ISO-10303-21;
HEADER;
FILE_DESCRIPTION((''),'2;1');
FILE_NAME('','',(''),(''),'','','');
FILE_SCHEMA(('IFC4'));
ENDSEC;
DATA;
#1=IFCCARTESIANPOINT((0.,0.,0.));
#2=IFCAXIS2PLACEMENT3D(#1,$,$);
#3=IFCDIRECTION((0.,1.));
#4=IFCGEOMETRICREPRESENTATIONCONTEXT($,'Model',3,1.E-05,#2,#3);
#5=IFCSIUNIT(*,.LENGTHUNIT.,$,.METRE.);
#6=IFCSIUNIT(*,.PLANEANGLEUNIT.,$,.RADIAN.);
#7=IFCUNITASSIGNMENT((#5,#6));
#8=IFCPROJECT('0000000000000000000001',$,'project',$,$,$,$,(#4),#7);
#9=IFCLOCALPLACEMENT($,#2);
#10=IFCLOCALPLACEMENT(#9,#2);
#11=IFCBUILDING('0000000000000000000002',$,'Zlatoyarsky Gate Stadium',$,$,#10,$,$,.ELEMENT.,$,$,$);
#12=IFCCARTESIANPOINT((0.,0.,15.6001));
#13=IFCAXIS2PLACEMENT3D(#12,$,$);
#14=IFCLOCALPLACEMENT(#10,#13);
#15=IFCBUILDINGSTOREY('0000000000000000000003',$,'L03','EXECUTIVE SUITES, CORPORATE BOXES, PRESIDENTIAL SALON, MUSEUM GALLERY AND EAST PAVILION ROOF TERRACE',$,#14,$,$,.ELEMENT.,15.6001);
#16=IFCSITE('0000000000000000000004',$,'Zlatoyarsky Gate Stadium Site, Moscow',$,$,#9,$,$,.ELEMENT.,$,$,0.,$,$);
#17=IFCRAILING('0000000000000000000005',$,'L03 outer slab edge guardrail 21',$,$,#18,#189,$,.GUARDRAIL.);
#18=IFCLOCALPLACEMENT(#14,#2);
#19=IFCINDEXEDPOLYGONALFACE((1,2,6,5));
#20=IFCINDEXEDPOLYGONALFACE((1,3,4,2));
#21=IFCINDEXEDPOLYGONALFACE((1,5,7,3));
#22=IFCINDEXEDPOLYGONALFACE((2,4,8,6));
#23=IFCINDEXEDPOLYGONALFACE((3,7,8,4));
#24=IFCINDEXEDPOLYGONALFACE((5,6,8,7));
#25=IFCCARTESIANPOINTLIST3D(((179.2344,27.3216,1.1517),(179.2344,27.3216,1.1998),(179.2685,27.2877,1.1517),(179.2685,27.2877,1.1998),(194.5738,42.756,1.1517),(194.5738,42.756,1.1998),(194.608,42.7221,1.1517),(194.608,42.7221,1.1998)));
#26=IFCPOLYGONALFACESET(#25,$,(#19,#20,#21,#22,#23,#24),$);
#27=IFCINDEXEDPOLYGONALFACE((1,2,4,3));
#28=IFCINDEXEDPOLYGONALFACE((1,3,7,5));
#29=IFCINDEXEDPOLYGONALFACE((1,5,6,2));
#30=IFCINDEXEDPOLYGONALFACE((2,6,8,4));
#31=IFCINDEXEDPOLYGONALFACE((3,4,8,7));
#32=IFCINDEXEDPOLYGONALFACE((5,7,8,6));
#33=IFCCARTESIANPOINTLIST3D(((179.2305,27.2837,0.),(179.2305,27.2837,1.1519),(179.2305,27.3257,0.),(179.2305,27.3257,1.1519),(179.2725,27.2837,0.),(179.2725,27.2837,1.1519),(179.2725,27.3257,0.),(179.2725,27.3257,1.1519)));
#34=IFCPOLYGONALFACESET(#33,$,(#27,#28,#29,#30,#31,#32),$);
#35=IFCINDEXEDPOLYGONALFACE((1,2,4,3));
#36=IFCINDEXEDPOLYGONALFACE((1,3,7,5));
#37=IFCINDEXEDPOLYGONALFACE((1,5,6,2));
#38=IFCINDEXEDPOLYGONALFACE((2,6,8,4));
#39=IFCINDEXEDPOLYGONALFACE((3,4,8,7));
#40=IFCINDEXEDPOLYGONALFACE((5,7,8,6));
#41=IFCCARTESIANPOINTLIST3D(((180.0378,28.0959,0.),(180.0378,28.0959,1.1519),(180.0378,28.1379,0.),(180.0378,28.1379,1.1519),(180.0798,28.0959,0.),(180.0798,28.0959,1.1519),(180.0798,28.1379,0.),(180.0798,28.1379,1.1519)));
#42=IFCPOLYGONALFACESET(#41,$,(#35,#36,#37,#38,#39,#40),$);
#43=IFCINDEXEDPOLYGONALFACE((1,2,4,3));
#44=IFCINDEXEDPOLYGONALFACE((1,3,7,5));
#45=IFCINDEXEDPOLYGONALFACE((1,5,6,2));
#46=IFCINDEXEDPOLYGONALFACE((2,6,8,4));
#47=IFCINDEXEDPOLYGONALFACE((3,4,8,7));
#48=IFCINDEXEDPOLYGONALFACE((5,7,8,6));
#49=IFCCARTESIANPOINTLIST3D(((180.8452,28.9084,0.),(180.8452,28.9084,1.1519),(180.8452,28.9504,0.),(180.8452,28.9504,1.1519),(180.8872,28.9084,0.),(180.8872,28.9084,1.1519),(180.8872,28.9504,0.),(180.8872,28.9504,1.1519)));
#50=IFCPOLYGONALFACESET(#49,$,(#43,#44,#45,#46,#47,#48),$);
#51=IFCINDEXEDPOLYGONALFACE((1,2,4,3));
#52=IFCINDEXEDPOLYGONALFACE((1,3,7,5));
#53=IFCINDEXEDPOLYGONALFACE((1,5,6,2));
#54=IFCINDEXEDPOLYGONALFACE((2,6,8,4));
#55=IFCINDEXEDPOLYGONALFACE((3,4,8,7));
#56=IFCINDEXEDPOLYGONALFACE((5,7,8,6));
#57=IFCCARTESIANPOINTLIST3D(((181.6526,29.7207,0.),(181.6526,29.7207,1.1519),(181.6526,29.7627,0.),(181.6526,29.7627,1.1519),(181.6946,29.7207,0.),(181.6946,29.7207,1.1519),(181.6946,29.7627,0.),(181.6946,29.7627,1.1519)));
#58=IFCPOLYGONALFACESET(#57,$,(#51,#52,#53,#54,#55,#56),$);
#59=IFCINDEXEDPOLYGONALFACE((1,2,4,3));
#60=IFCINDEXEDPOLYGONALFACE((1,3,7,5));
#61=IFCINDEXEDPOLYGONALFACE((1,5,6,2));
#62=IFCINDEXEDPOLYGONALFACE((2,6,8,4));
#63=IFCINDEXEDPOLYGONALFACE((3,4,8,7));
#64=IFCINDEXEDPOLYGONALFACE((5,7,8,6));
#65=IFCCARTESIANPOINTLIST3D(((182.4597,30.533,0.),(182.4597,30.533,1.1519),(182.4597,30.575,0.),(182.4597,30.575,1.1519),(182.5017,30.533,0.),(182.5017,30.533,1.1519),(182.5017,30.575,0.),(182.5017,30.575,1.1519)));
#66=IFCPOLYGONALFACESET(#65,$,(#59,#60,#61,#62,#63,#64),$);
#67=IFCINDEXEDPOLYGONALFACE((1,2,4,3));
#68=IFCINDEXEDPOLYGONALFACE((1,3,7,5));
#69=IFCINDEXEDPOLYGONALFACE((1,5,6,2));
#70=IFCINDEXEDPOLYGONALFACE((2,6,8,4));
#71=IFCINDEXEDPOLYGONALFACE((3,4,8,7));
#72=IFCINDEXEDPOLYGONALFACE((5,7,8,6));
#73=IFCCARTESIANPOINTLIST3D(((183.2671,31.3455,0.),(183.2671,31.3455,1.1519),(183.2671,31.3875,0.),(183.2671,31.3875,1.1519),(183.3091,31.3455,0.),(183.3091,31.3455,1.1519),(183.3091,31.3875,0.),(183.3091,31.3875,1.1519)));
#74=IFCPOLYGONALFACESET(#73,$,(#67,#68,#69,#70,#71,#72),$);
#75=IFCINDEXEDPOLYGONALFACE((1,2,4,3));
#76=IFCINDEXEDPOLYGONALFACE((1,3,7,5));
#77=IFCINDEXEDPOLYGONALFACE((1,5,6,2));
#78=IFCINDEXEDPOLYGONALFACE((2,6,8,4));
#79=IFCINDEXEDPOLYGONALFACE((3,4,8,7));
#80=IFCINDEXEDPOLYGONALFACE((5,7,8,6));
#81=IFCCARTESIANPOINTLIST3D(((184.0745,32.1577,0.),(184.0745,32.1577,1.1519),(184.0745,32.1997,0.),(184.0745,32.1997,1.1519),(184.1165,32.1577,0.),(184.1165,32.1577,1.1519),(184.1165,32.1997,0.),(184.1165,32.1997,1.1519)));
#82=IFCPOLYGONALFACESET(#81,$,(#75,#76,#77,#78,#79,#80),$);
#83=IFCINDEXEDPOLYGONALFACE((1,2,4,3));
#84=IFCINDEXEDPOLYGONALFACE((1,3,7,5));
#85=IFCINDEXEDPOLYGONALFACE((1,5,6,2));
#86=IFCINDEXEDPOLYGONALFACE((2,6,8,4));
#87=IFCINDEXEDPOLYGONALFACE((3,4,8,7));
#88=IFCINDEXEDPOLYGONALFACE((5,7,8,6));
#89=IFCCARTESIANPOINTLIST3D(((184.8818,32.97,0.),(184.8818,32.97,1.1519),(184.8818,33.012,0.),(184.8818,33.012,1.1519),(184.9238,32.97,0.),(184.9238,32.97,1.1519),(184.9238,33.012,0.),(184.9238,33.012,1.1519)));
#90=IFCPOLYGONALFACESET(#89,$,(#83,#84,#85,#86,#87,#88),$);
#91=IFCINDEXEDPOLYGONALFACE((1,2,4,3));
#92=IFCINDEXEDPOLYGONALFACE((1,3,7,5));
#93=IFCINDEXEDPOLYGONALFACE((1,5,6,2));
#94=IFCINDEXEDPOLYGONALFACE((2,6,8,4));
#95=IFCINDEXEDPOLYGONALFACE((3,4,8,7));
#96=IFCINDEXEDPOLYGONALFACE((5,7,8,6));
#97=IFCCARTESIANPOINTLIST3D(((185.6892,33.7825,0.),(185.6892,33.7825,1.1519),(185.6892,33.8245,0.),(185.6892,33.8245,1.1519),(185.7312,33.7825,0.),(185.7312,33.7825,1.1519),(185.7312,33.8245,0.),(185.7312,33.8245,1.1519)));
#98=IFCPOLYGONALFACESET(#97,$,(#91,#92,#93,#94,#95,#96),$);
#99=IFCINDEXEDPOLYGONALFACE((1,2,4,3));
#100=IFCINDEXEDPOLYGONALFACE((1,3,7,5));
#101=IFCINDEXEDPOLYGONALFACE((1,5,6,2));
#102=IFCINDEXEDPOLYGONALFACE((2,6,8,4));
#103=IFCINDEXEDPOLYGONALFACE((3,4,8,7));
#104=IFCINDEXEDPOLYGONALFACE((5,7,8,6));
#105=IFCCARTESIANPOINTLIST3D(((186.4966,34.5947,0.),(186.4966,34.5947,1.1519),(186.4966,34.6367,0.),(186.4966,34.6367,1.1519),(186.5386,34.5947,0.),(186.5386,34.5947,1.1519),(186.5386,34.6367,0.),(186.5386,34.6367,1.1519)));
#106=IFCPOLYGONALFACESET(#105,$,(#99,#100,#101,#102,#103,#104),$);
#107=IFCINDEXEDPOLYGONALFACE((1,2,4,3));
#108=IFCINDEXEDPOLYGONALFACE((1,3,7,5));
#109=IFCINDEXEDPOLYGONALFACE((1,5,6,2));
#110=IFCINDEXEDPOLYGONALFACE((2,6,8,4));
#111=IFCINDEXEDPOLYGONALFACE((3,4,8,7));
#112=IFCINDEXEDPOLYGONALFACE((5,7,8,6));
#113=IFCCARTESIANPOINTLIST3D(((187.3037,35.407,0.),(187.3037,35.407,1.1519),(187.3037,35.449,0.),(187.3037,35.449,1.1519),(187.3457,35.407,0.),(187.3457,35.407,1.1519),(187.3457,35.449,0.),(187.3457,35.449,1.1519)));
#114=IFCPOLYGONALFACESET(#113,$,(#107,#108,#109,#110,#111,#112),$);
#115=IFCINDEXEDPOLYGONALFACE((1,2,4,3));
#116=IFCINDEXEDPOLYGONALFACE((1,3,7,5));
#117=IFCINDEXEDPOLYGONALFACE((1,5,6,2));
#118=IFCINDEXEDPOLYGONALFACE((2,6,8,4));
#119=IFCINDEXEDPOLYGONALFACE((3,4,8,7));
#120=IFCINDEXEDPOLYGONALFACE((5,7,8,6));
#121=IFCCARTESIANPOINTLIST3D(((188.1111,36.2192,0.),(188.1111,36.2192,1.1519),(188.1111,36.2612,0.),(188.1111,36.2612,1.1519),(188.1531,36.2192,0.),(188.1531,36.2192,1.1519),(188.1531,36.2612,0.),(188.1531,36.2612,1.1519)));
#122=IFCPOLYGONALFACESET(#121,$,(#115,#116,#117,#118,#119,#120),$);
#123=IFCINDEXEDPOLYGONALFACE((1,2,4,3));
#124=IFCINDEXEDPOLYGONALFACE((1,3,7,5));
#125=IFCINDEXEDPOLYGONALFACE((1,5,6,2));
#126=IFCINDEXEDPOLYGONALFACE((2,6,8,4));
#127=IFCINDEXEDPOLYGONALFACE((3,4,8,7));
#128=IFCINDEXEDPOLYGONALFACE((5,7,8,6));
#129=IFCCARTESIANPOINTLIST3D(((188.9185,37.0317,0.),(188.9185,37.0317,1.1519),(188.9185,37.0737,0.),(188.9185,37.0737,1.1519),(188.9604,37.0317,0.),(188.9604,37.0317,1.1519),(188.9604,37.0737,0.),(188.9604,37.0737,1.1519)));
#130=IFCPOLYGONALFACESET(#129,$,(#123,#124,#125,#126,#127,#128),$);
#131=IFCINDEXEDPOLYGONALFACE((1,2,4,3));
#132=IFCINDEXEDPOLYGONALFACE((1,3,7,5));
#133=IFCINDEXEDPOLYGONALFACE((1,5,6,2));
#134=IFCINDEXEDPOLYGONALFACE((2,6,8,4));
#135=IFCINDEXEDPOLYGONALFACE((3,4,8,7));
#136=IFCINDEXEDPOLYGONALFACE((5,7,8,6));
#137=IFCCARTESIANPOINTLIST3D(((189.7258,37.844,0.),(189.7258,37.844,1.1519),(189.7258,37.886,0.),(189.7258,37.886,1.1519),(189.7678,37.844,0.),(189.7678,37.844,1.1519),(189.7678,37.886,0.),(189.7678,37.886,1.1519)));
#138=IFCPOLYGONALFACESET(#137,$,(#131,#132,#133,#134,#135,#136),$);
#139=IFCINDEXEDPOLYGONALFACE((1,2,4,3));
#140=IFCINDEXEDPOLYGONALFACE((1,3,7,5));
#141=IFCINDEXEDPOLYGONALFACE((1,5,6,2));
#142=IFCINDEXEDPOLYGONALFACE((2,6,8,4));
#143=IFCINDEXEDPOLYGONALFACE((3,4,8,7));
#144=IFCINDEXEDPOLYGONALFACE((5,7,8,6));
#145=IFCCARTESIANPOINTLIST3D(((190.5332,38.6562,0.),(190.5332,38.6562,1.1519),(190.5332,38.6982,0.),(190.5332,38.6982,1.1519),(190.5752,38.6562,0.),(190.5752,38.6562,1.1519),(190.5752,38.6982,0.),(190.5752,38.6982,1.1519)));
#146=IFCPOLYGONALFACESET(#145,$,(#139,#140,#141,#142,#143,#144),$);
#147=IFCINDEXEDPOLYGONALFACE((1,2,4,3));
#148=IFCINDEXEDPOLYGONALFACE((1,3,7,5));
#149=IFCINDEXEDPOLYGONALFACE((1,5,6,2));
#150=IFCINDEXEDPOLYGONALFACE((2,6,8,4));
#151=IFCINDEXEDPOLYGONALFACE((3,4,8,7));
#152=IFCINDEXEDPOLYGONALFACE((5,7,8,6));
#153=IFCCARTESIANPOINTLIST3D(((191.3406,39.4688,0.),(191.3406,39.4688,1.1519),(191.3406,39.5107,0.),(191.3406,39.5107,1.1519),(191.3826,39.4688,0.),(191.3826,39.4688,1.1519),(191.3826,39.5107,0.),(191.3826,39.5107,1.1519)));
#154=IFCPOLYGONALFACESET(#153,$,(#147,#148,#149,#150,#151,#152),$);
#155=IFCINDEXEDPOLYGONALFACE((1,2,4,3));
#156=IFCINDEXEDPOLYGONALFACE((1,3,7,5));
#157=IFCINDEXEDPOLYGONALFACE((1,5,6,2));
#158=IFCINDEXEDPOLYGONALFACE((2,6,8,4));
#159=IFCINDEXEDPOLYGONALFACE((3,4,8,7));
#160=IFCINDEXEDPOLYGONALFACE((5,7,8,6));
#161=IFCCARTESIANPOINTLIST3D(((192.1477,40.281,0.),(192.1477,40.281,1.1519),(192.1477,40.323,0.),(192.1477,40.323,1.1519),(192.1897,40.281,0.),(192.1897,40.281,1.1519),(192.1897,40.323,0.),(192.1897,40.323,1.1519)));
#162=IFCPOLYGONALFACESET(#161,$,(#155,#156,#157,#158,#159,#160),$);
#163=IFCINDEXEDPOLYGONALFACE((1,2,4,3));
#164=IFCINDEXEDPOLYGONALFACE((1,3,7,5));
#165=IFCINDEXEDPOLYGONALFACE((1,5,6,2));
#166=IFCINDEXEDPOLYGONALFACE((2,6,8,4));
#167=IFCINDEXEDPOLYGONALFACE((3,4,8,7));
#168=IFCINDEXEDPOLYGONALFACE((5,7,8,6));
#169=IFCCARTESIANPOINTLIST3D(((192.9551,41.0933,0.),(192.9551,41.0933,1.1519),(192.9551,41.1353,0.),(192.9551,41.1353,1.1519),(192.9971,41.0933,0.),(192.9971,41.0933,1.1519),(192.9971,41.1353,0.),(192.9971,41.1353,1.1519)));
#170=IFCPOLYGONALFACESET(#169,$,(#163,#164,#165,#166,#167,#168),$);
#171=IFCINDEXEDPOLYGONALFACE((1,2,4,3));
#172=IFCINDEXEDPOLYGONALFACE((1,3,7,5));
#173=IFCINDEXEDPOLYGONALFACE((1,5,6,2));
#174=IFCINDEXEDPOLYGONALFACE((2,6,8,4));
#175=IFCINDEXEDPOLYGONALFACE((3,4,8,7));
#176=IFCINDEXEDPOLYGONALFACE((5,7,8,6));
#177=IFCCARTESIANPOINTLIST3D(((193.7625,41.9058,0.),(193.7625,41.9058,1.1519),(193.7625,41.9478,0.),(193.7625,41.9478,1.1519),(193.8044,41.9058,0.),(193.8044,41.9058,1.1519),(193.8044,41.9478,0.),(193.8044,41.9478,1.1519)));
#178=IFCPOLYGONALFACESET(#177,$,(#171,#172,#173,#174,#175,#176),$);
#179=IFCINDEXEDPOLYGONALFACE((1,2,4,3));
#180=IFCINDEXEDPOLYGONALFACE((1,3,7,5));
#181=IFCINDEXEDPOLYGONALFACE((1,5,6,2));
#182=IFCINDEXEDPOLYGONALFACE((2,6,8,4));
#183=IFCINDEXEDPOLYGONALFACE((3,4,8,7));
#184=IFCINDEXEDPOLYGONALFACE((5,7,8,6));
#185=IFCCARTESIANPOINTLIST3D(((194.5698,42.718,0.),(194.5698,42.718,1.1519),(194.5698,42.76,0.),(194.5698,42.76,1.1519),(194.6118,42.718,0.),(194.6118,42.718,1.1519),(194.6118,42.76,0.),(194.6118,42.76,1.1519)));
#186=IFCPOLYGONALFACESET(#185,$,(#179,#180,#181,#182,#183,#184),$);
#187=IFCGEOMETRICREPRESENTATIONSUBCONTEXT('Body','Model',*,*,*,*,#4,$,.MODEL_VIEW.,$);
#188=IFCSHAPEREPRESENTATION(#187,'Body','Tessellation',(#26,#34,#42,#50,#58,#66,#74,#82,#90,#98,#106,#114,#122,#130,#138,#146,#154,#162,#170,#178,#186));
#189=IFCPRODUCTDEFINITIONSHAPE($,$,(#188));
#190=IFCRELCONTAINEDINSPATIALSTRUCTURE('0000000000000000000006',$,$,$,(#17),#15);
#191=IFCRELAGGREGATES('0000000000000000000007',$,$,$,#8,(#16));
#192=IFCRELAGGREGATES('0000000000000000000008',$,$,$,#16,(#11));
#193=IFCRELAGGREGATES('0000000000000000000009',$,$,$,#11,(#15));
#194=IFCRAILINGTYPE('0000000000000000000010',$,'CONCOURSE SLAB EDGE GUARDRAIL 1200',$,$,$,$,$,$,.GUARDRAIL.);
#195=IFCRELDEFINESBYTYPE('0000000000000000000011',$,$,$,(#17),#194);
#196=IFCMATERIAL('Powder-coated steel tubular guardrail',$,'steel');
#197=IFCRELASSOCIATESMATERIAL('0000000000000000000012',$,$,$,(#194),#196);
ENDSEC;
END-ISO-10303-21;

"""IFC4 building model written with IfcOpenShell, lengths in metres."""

from ifc_helpers import new_model, si_unit, direction, frame, origin, origin_2d, place, context, subcontext, project, spatial, rectangle, extrude, material, type_object, element, save


model = new_model("IFC4")

# Units and contexts
model_context = context("Model", 3, precision=1e-05, world=origin(), true_north=direction((0.0, 1.0)))
body_context = subcontext(model_context, "Body", "Model", "MODEL_VIEW")
ifc_project = project(units=[si_unit("LENGTHUNIT", "METRE"), si_unit("PLANEANGLEUNIT", "RADIAN")], contexts=[model_context])

# Site, building, storey
site_placement = place(None, origin())
site = spatial("IfcSite", under=ifc_project, at=site_placement, Name="Zlatoyarsky Gate Stadium Site, Moscow", CompositionType="ELEMENT", RefElevation=0.0)
building_placement = place(site_placement, origin())
building = spatial("IfcBuilding", under=site, at=building_placement, Name="Zlatoyarsky Gate Stadium", CompositionType="ELEMENT")
storey_placement = place(building_placement, frame((0.0, 0.0, 15.6001)))
storey = spatial("IfcBuildingStorey", under=building, at=storey_placement, Name="L03", Description="EXECUTIVE SUITES, CORPORATE BOXES, PRESIDENTIAL SALON, MUSEUM GALLERY AND EAST PAVILION ROOF TERRACE", CompositionType="ELEMENT", Elevation=15.6001)

# Railing
ifc_material_1 = material(Name="Powder-coated steel tubular guardrail", Category="steel")
railing_type = type_object("IfcRailingType", Name="CONCOURSE SLAB EDGE GUARDRAIL 1200", PredefinedType="GUARDRAIL", material=ifc_material_1)
railing_placement = place(storey_placement, frame((179.2515, 27.3047, 0.0)))
element("IfcRailing", 1, at=railing_placement, inside=storey, type_object=railing_type, Name="L03 outer slab edge guardrail 21", PredefinedType="GUARDRAIL", context=body_context, shape_type="SweptSolid", body=[
    extrude(rectangle(XDim=0.0481, YDim=0.0481, at=origin_2d()), frame((0.0, 0.0, 1.1758), z_axis=(0.704921, 0.709286, 0.0), x_axis=(-0.709286, 0.704921, 0.0)), (0.0, 0.0, 1.0), 21.7605),
    extrude(rectangle(XDim=0.042, YDim=0.042, at=origin_2d()), origin(), (0.0, 0.0, 1.0), 1.1519),
    extrude(rectangle(XDim=0.042, YDim=0.042, at=origin_2d()), frame((0.8074, 0.8123, 0.0)), (0.0, 0.0, 1.0), 1.1519),
    extrude(rectangle(XDim=0.042, YDim=0.042, at=origin_2d()), frame((1.6147, 1.6248, 0.0)), (0.0, 0.0, 1.0), 1.1519),
    extrude(rectangle(XDim=0.042, YDim=0.042, at=origin_2d()), frame((2.4221, 2.437, 0.0)), (0.0, 0.0, 1.0), 1.1519),
    extrude(rectangle(XDim=0.042, YDim=0.042, at=origin_2d()), frame((3.2292, 3.2493, 0.0)), (0.0, 0.0, 1.0), 1.1519),
    extrude(rectangle(XDim=0.042, YDim=0.042, at=origin_2d()), frame((4.0366, 4.0618, 0.0)), (0.0, 0.0, 1.0), 1.1519),
    extrude(rectangle(XDim=0.042, YDim=0.042, at=origin_2d()), frame((4.844, 4.874, 0.0)), (0.0, 0.0, 1.0), 1.1519),
    extrude(rectangle(XDim=0.042, YDim=0.042, at=origin_2d()), frame((5.6514, 5.6863, 0.0)), (0.0, 0.0, 1.0), 1.1519),
    extrude(rectangle(XDim=0.042, YDim=0.042, at=origin_2d()), frame((6.4587, 6.4988, 0.0)), (0.0, 0.0, 1.0), 1.1519),
    extrude(rectangle(XDim=0.042, YDim=0.042, at=origin_2d()), frame((7.2661, 7.311, 0.0)), (0.0, 0.0, 1.0), 1.1519),
    extrude(rectangle(XDim=0.042, YDim=0.042, at=origin_2d()), frame((8.0732, 8.1233, 0.0)), (0.0, 0.0, 1.0), 1.1519),
    extrude(rectangle(XDim=0.042, YDim=0.042, at=origin_2d()), frame((8.8806, 8.9355, 0.0)), (0.0, 0.0, 1.0), 1.1519),
    extrude(rectangle(XDim=0.042, YDim=0.042, at=origin_2d()), frame((9.688, 9.748, 0.0)), (0.0, 0.0, 1.0), 1.1519),
    extrude(rectangle(XDim=0.042, YDim=0.042, at=origin_2d()), frame((10.4954, 10.5603, 0.0)), (0.0, 0.0, 1.0), 1.1519),
    extrude(rectangle(XDim=0.042, YDim=0.042, at=origin_2d()), frame((11.3027, 11.3726, 0.0)), (0.0, 0.0, 1.0), 1.1519),
    extrude(rectangle(XDim=0.042, YDim=0.042, at=origin_2d()), frame((12.1101, 12.1851, 0.0)), (0.0, 0.0, 1.0), 1.1519),
    extrude(rectangle(XDim=0.042, YDim=0.042, at=origin_2d()), frame((12.9172, 12.9973, 0.0)), (0.0, 0.0, 1.0), 1.1519),
    extrude(rectangle(XDim=0.042, YDim=0.042, at=origin_2d()), frame((13.7246, 13.8096, 0.0)), (0.0, 0.0, 1.0), 1.1519),
    extrude(rectangle(XDim=0.042, YDim=0.042, at=origin_2d()), frame((14.532, 14.6221, 0.0)), (0.0, 0.0, 1.0), 1.1519),
    extrude(rectangle(XDim=0.042, YDim=0.042, at=origin_2d()), frame((15.3394, 15.4343, 0.0)), (0.0, 0.0, 1.0), 1.1519),
])

save(model, "model.ifc")
